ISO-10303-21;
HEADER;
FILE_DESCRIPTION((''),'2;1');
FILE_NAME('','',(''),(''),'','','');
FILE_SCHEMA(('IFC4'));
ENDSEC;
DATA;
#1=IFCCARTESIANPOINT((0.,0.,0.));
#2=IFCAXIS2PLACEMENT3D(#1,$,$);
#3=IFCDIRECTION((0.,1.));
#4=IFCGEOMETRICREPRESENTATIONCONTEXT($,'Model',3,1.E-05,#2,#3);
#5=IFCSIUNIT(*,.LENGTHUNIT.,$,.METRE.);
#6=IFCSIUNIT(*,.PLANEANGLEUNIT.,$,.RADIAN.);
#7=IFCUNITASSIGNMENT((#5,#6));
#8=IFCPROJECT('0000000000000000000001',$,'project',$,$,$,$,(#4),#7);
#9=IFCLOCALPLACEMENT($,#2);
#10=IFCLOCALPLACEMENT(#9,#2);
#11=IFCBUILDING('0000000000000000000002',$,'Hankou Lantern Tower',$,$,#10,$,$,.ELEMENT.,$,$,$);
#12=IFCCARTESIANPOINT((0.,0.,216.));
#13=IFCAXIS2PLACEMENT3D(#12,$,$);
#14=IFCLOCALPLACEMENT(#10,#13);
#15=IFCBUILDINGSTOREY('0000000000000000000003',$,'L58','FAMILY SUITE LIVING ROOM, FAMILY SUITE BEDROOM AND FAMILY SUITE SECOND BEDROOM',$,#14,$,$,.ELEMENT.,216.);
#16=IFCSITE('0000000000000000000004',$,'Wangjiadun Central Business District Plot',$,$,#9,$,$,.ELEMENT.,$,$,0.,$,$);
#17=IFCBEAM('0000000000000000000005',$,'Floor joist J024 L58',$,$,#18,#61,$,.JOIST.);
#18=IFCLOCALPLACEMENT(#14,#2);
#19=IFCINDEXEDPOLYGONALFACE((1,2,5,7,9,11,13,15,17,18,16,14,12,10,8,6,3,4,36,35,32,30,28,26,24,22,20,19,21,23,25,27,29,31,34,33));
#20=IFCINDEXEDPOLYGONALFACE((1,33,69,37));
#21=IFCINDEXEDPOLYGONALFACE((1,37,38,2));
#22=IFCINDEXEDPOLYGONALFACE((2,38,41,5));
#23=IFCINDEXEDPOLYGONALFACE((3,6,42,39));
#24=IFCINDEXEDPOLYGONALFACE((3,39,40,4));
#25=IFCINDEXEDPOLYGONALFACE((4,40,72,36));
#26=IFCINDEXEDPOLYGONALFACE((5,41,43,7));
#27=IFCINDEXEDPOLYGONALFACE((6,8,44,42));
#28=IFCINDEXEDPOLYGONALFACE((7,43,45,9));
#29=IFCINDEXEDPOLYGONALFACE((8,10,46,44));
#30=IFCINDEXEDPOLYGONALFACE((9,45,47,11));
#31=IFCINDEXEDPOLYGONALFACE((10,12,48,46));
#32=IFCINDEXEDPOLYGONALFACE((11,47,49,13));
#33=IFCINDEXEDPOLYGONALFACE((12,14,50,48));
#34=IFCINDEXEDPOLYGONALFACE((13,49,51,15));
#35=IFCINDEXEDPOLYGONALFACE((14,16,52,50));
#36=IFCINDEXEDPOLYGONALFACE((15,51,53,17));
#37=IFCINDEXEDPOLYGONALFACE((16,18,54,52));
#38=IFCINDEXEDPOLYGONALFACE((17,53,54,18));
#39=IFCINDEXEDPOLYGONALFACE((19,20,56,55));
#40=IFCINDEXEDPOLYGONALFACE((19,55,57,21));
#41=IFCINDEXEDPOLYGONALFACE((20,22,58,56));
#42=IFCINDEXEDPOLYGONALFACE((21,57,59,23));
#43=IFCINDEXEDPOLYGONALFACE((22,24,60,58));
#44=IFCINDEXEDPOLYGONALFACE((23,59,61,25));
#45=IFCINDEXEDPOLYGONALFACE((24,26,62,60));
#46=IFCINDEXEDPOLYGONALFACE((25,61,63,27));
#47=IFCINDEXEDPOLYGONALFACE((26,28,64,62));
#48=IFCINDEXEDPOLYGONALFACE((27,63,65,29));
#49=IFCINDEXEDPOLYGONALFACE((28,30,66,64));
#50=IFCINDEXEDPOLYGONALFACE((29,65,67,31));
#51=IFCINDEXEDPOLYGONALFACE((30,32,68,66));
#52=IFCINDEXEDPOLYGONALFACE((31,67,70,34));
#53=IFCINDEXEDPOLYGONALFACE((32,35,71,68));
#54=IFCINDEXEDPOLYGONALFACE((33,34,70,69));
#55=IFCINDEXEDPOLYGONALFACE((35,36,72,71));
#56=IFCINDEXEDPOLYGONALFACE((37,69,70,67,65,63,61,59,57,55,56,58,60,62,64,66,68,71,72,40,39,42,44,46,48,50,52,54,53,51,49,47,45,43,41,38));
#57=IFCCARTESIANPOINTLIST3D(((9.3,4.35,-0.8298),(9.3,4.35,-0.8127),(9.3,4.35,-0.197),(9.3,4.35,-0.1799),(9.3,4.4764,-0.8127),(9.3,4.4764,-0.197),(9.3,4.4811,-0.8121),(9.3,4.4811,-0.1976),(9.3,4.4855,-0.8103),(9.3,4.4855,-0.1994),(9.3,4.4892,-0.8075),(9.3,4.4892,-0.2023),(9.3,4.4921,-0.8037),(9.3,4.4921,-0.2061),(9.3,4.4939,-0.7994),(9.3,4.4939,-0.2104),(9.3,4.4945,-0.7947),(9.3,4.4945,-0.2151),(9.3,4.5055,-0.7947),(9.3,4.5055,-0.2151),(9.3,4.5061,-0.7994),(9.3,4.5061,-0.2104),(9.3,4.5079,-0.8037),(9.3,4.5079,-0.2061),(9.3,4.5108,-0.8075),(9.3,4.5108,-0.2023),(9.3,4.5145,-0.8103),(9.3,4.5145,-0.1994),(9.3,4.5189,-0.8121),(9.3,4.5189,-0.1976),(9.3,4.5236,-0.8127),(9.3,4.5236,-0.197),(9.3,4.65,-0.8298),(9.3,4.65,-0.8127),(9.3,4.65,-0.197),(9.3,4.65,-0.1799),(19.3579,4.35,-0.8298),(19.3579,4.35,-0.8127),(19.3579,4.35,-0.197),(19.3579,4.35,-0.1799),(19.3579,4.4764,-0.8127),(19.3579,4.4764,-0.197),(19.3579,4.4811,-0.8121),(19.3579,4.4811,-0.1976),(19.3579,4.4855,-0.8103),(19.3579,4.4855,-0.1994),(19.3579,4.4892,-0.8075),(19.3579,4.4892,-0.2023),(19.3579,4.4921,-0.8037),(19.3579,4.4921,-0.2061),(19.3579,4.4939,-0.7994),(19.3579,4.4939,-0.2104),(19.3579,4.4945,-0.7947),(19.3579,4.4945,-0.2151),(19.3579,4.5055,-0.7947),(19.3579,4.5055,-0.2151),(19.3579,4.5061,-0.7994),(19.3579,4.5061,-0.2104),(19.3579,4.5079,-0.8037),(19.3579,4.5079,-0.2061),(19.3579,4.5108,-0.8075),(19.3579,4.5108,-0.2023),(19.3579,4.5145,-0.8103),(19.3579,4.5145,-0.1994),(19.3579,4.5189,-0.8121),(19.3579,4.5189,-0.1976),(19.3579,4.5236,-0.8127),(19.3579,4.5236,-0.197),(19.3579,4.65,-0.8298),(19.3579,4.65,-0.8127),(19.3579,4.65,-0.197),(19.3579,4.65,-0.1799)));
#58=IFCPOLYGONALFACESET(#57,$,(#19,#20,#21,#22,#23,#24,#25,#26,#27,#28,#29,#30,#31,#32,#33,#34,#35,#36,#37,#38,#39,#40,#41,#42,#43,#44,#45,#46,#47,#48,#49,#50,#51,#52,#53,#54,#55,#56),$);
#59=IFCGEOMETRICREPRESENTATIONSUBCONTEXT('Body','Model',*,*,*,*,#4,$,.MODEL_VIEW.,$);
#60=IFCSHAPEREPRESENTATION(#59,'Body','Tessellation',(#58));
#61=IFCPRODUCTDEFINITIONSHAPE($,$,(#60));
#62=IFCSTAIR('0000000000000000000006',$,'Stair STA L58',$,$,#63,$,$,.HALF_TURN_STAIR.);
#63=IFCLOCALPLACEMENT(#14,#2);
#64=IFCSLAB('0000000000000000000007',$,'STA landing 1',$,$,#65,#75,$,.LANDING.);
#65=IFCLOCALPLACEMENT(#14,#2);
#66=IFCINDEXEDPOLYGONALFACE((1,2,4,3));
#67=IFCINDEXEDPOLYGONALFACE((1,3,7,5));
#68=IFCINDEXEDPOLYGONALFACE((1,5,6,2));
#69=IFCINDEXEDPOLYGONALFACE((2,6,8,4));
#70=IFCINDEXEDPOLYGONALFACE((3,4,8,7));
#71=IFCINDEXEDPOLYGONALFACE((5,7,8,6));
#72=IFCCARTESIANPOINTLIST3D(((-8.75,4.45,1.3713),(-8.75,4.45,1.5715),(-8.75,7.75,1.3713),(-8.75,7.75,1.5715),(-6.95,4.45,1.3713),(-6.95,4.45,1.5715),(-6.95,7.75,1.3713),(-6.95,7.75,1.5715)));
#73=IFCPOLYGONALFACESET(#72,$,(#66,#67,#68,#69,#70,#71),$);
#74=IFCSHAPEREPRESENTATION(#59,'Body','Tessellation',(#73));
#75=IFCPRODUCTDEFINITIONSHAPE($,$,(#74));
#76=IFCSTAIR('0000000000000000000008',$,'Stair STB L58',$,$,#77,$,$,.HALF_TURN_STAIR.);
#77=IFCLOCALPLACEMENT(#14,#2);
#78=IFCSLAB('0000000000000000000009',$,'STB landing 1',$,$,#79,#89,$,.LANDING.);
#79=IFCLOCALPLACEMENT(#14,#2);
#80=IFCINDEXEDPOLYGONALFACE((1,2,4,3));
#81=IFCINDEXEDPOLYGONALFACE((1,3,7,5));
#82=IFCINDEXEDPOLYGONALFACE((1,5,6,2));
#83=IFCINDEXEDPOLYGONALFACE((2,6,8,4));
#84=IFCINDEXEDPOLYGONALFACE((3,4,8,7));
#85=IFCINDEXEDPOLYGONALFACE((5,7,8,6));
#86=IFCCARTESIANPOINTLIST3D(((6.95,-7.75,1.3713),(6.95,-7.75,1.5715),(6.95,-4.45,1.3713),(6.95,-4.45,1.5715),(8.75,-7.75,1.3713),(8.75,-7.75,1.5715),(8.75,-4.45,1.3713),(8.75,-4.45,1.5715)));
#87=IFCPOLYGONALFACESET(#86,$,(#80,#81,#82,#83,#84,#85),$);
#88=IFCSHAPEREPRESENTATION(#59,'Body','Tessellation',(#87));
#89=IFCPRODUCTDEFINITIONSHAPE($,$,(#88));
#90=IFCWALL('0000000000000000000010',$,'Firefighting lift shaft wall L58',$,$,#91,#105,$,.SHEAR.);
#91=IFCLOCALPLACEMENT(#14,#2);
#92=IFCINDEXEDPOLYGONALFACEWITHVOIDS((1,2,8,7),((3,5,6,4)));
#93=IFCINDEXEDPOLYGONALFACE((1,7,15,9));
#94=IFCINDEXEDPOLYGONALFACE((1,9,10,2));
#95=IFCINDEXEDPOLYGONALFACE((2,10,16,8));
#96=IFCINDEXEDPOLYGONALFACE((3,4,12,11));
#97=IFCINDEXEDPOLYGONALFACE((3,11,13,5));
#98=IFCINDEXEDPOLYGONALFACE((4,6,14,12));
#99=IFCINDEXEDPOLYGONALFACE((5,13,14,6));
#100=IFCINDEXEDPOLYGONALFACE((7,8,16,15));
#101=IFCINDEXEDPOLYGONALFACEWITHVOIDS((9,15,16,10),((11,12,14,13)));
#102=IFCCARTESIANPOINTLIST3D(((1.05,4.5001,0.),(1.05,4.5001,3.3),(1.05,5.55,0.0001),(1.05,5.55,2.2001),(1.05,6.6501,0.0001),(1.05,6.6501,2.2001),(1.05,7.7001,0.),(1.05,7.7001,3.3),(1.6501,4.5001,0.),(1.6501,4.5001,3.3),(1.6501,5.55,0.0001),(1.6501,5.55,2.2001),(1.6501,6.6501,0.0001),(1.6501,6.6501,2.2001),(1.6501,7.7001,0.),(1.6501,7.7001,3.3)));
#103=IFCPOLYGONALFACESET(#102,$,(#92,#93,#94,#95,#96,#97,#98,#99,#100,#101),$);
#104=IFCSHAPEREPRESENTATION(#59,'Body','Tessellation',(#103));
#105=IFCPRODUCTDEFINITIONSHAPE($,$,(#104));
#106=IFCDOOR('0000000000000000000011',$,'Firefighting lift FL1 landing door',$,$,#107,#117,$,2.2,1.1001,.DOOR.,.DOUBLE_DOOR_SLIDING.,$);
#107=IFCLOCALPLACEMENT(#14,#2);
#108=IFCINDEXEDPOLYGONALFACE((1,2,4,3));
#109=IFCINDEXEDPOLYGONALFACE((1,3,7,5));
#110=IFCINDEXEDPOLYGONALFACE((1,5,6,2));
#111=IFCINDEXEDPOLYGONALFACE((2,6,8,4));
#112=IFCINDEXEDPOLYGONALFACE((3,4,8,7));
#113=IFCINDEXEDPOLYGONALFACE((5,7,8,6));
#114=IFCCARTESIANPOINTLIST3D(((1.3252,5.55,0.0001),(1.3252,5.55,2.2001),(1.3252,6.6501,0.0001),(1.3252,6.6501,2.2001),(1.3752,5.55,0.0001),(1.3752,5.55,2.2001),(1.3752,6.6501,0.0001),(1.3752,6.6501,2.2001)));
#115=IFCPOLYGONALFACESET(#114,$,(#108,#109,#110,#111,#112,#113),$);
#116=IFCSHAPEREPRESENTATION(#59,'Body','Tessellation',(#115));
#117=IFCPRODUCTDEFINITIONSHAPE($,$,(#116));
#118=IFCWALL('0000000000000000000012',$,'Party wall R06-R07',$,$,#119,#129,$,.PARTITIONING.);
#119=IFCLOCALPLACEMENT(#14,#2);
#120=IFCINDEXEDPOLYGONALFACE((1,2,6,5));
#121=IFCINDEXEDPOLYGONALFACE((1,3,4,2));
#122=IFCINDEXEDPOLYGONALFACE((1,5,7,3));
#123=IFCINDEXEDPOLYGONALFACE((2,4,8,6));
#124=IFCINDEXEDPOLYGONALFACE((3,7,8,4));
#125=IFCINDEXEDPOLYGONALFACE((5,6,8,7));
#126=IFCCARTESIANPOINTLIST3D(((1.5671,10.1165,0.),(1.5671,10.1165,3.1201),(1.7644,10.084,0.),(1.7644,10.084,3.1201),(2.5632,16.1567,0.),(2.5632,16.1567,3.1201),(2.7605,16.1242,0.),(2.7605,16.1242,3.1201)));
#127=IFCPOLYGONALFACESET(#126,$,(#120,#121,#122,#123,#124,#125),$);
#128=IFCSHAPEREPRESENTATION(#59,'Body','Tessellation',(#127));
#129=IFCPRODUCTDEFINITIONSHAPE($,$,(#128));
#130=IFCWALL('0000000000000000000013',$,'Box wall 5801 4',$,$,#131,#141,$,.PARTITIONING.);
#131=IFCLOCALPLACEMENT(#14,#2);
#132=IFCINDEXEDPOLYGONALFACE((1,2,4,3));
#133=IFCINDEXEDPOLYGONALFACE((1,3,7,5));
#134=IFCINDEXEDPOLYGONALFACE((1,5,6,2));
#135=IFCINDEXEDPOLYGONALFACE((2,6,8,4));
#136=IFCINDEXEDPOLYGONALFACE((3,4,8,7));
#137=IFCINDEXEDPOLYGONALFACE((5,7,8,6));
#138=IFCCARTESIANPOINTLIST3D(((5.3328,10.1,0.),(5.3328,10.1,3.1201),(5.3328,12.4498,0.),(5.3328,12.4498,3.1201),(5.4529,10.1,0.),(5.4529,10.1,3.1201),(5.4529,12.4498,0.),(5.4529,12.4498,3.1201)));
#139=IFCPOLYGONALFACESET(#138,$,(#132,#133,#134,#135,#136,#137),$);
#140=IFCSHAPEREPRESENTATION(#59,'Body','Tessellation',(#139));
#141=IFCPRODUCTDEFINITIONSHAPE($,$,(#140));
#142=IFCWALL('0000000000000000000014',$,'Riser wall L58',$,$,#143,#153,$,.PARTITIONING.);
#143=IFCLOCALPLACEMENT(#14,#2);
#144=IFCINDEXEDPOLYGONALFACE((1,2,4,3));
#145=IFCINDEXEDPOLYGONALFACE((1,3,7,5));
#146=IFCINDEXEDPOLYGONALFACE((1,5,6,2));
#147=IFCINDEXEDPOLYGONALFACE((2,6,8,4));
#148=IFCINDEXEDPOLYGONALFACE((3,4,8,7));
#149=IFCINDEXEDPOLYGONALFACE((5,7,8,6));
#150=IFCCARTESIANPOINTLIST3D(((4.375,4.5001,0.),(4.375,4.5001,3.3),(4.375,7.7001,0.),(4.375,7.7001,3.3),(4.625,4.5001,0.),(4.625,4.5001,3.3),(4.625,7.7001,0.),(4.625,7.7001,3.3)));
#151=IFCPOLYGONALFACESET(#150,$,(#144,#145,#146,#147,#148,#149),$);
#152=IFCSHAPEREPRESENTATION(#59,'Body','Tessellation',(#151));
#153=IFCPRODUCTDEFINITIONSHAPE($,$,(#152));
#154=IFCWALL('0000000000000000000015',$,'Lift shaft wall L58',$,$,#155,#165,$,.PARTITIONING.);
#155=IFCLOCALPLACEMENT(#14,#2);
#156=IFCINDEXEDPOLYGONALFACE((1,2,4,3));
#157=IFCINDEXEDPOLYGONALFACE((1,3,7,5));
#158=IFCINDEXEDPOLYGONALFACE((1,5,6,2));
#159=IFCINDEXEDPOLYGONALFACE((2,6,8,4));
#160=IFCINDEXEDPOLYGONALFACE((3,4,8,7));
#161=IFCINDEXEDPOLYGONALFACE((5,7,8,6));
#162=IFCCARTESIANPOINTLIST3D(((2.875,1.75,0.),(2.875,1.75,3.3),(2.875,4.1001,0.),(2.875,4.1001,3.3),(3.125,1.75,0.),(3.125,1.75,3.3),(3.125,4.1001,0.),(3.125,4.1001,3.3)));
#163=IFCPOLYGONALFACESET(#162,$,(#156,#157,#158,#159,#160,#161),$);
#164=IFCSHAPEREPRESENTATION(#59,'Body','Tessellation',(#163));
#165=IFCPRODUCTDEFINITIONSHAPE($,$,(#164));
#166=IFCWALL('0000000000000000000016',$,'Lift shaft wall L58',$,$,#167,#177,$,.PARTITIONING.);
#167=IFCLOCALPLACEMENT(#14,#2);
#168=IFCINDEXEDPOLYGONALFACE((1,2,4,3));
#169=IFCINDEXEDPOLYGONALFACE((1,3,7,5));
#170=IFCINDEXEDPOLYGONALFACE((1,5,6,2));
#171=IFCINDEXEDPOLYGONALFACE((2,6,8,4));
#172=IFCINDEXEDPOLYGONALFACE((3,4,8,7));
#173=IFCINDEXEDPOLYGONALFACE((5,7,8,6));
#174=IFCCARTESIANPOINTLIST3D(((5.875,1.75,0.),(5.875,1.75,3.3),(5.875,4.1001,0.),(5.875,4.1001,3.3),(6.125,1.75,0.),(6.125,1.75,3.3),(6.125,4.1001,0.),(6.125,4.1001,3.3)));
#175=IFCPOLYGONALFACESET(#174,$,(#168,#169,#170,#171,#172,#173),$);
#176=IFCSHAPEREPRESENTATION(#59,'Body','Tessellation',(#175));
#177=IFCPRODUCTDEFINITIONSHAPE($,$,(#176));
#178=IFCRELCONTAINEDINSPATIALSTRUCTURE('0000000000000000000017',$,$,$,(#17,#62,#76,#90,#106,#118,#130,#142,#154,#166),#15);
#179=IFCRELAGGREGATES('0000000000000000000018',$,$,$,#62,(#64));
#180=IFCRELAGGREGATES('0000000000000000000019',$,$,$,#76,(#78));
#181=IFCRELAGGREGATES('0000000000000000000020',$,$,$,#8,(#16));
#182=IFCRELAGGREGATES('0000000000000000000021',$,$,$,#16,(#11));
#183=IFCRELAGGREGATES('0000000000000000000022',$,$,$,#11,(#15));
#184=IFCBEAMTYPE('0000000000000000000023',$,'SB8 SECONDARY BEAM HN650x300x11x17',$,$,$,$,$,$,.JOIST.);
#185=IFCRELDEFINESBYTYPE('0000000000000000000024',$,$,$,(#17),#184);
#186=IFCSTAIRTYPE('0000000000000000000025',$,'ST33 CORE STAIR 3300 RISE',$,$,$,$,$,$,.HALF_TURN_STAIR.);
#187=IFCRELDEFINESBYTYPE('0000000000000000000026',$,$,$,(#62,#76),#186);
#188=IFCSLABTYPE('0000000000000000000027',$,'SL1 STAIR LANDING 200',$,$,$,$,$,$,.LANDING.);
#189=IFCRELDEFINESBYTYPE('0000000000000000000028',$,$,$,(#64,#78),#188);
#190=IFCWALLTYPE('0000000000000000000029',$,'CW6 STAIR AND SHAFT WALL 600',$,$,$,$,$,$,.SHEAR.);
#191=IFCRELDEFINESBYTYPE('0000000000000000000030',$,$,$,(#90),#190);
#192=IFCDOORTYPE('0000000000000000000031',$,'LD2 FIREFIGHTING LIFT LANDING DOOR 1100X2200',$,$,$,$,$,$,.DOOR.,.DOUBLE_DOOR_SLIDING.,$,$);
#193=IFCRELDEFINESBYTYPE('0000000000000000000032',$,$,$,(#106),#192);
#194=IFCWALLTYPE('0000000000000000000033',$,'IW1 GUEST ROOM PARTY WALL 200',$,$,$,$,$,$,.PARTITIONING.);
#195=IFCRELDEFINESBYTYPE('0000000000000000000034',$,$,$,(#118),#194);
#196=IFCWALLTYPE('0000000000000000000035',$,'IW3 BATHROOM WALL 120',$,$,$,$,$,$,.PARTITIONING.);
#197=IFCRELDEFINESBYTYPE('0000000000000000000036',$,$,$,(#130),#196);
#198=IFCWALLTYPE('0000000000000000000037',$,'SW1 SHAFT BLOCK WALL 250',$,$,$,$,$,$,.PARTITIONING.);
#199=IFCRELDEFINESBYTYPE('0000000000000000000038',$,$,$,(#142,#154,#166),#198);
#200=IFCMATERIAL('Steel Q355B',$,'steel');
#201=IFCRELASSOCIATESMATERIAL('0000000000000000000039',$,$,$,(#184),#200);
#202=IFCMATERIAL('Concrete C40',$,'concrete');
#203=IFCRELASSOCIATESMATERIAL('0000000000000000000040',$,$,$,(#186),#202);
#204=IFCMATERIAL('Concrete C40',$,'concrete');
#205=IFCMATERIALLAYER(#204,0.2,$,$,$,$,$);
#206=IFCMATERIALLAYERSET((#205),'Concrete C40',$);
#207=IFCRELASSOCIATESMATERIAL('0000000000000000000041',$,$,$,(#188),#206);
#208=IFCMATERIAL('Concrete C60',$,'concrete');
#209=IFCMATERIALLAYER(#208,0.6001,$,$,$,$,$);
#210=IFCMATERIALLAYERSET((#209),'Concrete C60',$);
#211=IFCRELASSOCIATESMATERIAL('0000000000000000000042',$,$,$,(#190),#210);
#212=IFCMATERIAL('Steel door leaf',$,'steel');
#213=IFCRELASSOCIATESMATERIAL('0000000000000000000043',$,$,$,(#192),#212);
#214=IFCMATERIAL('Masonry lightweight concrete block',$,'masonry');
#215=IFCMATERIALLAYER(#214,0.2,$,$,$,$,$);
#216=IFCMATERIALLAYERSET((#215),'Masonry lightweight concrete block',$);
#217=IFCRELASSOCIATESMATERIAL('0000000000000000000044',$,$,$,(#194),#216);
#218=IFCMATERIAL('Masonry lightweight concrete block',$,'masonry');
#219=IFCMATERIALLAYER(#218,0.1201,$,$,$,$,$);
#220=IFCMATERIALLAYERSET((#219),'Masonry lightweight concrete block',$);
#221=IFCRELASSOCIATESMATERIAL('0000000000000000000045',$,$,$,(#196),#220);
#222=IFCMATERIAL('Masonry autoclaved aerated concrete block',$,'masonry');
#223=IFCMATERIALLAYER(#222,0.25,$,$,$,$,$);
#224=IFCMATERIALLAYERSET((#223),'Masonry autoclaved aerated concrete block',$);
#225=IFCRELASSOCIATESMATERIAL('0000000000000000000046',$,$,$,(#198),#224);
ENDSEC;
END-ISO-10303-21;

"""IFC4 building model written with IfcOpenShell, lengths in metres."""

from ifc_helpers import new_model, si_unit, direction, frame, frame_2d, origin, origin_2d, place, context, subcontext, project, spatial, polyline, rectangle, i_section, outline, extrude, material, layer, layer_set, material_profile, profile_set, type_object, element, fill, aggregate, save


model = new_model("IFC4")

# Units and contexts
model_context = context("Model", 3, precision=1e-05, world=origin(), true_north=direction((0.0, 1.0)))
body_context = subcontext(model_context, "Body", "Model", "MODEL_VIEW")
ifc_project = project(units=[si_unit("LENGTHUNIT", "METRE"), si_unit("PLANEANGLEUNIT", "RADIAN")], contexts=[model_context])

# Site, building, storey
site_placement = place(None, origin())
site = spatial("IfcSite", under=ifc_project, at=site_placement, Name="Wangjiadun Central Business District Plot", CompositionType="ELEMENT", RefElevation=0.0)
building_placement = place(site_placement, origin())
building = spatial("IfcBuilding", under=site, at=building_placement, Name="Hankou Lantern Tower", CompositionType="ELEMENT")
storey_placement = place(building_placement, frame((0.0, 0.0, 216.0)))
storey = spatial("IfcBuildingStorey", under=building, at=storey_placement, Name="L58", Description="FAMILY SUITE LIVING ROOM, FAMILY SUITE BEDROOM AND FAMILY SUITE SECOND BEDROOM", CompositionType="ELEMENT", Elevation=216.0)

# Beam
ifc_material_1 = material(Name="Steel Q355B", Category="steel")
ifc_material_profile_1 = material_profile(ifc_material_1, i_section(OverallWidth=0.3, OverallDepth=0.6499, WebThickness=0.011, FlangeThickness=0.0171, FilletRadius=0.0181, at=origin_2d()), Name="HN650x300x11x17")
ifc_profile_set_1 = profile_set([ifc_material_profile_1], Name="Steel Q355B")
beam_type_1 = type_object("IfcBeamType", Name="SB8 SECONDARY BEAM HN650x300x11x17", PredefinedType="JOIST", material=ifc_profile_set_1)
beam_1_placement = place(storey_placement, frame((9.3, 4.5, -0.5049), z_axis=(1.0, 0.0, 0.0), x_axis=(0.0, 1.0, 0.0)))
element("IfcBeam", 1, at=beam_1_placement, inside=storey, type_object=beam_type_1, Name="Floor joist J024 L58", PredefinedType="JOIST", context=body_context, shape_type="SweptSolid", body=[
    extrude(i_section(OverallWidth=0.3, OverallDepth=0.6499, WebThickness=0.011, FlangeThickness=0.0171, FilletRadius=0.0181, at=origin_2d()), origin(), (0.0, 0.0, 1.0), 10.0579),
])

# Stairs, slabs
ifc_material_2 = material(Name="Concrete C40", Category="concrete")
stair_type = type_object("IfcStairType", Name="ST33 CORE STAIR 3300 RISE", PredefinedType="HALF_TURN_STAIR", material=ifc_material_2)
stair_1_placement = place(storey_placement, origin())
stair_1 = element("IfcStair", 2, at=stair_1_placement, inside=storey, type_object=stair_type, Name="Stair STA L58", PredefinedType="HALF_TURN_STAIR")
ifc_material_3 = material(Name="Concrete C40", Category="concrete")
ifc_layer_1 = layer(ifc_material_3, 0.2)
ifc_layer_set_1 = layer_set([ifc_layer_1], Name="Concrete C40")
slab_type = type_object("IfcSlabType", Name="SL1 STAIR LANDING 200", PredefinedType="LANDING", material=ifc_layer_set_1)
slab_1_placement = place(storey_placement, frame((0.0, 0.0, 1.3713)))
slab_1 = element("IfcSlab", 3, at=slab_1_placement, type_object=slab_type, Name="STA landing 1", PredefinedType="LANDING", context=body_context, shape_type="SweptSolid", body=[
    extrude(outline(polyline([(-8.75, 4.45), (-6.95, 4.45), (-6.95, 7.75), (-8.75, 7.75), (-8.75, 4.45)])), origin(), (0.0, 0.0, 1.0), 0.2002),
])
aggregate(stair_1, [slab_1])
stair_2_placement = place(storey_placement, origin())
stair_2 = element("IfcStair", 4, at=stair_2_placement, inside=storey, type_object=stair_type, Name="Stair STB L58", PredefinedType="HALF_TURN_STAIR")
slab_2_placement = place(storey_placement, frame((0.0, 0.0, 1.3713)))
slab_2 = element("IfcSlab", 5, at=slab_2_placement, type_object=slab_type, Name="STB landing 1", PredefinedType="LANDING", context=body_context, shape_type="SweptSolid", body=[
    extrude(outline(polyline([(8.75, -4.45), (6.95, -4.45), (6.95, -7.75), (8.75, -7.75), (8.75, -4.45)])), origin(), (0.0, 0.0, 1.0), 0.2002),
])
aggregate(stair_2, [slab_2])

# Wall, opening, door
ifc_material_4 = material(Name="Concrete C60", Category="concrete")
ifc_layer_2 = layer(ifc_material_4, 0.6001)
ifc_layer_set_2 = layer_set([ifc_layer_2], Name="Concrete C60")
wall_type_1 = type_object("IfcWallType", Name="CW6 STAIR AND SHAFT WALL 600", PredefinedType="SHEAR", material=ifc_layer_set_2)
wall_1_placement = place(storey_placement, frame((1.3501, 4.5, 0.0), z_axis=(0.0, 0.0, 1.0), x_axis=(0.0, 1.0, 0.0)))
wall_1 = element("IfcWall", 6, at=wall_1_placement, inside=storey, type_object=wall_type_1, Name="Firefighting lift shaft wall L58", PredefinedType="SHEAR", context=body_context, shape_type="SweptSolid", body=[
    extrude(rectangle(XDim=3.2, YDim=0.6001, at=frame_2d((1.6001, 0.0))), origin(), (0.0, 0.0, 1.0), 3.3),
])
opening_placement = place(wall_1_placement, frame((1.05, 0.0, 0.0)))
opening = element("IfcOpeningElement", 7, at=opening_placement, cuts=wall_1, PredefinedType="OPENING", context=body_context, shape_type="SweptSolid", body=[
    extrude(rectangle(XDim=1.1001, YDim=2.2, at=frame_2d((0.55, 1.1001))), frame((0.0, 0.3101, 0.0), z_axis=(0.0, -1.0, 0.0), x_axis=(1.0, 0.0, 0.0)), (0.0, 0.0, 1.0), 0.6201),
])
ifc_material_5 = material(Name="Steel door leaf", Category="steel")
door_type = type_object("IfcDoorType", Name="LD2 FIREFIGHTING LIFT LANDING DOOR 1100X2200", OperationType="DOUBLE_DOOR_SLIDING", PredefinedType="DOOR", material=ifc_material_5)
door_placement = place(opening_placement, origin())
door = element("IfcDoor", 8, at=door_placement, inside=storey, type_object=door_type, Name="Firefighting lift FL1 landing door", OperationType="DOUBLE_DOOR_SLIDING", OverallHeight=2.2, OverallWidth=1.1001, PredefinedType="DOOR", context=body_context, shape_type="SweptSolid", body=[
    extrude(rectangle(XDim=1.1001, YDim=2.2, at=frame_2d((0.55, 1.1001))), frame((0.0, 0.0249, 0.0), z_axis=(0.0, -1.0, 0.0), x_axis=(1.0, 0.0, 0.0)), (0.0, 0.0, 1.0), 0.05),
])
fill(opening, door)

# Walls
ifc_material_6 = material(Name="Masonry lightweight concrete block", Category="masonry")
ifc_layer_3 = layer(ifc_material_6, 0.2)
ifc_layer_set_3 = layer_set([ifc_layer_3], Name="Masonry lightweight concrete block")
wall_type_2 = type_object("IfcWallType", Name="IW1 GUEST ROOM PARTY WALL 200", PredefinedType="PARTITIONING", material=ifc_layer_set_3)
wall_2_placement = place(storey_placement, frame((1.6658, 10.1001, 0.0), z_axis=(0.0, 0.0, 1.0), x_axis=(0.162711, 0.986674, 0.0)))
element("IfcWall", 9, at=wall_2_placement, inside=storey, type_object=wall_type_2, Name="Party wall R06-R07", PredefinedType="PARTITIONING", context=body_context, shape_type="SweptSolid", body=[
    extrude(rectangle(XDim=6.1218, YDim=0.2, at=frame_2d((3.061, 0.0))), origin(), (0.0, 0.0, 1.0), 3.1201),
])
ifc_material_7 = material(Name="Masonry lightweight concrete block", Category="masonry")
ifc_layer_4 = layer(ifc_material_7, 0.1201)
ifc_layer_set_4 = layer_set([ifc_layer_4], Name="Masonry lightweight concrete block")
wall_type_3 = type_object("IfcWallType", Name="IW3 BATHROOM WALL 120", PredefinedType="PARTITIONING", material=ifc_layer_set_4)
wall_3_placement = place(storey_placement, frame((5.3928, 10.1001, 0.0), z_axis=(0.0, 0.0, 1.0), x_axis=(0.0, 1.0, 0.0)))
element("IfcWall", 10, at=wall_3_placement, inside=storey, type_object=wall_type_3, Name="Box wall 5801 4", PredefinedType="PARTITIONING", context=body_context, shape_type="SweptSolid", body=[
    extrude(rectangle(XDim=2.3499, YDim=0.1201, at=frame_2d((1.1748, 0.0))), origin(), (0.0, 0.0, 1.0), 3.1201),
])
ifc_material_8 = material(Name="Masonry autoclaved aerated concrete block", Category="masonry")
ifc_layer_5 = layer(ifc_material_8, 0.25)
ifc_layer_set_5 = layer_set([ifc_layer_5], Name="Masonry autoclaved aerated concrete block")
wall_type_4 = type_object("IfcWallType", Name="SW1 SHAFT BLOCK WALL 250", PredefinedType="PARTITIONING", material=ifc_layer_set_5)
wall_4_placement = place(storey_placement, frame((4.5, 4.5, 0.0), z_axis=(0.0, 0.0, 1.0), x_axis=(0.0, 1.0, 0.0)))
element("IfcWall", 11, at=wall_4_placement, inside=storey, type_object=wall_type_4, Name="Riser wall L58", PredefinedType="PARTITIONING", context=body_context, shape_type="SweptSolid", body=[
    extrude(rectangle(XDim=3.2, YDim=0.25, at=frame_2d((1.6001, 0.0))), origin(), (0.0, 0.0, 1.0), 3.3),
])
for number, where, z_axis, x_axis, name in (
    (12, (3.0, 1.75, 0.0), (0.0, 0.0, 1.0), (0.0, 1.0, 0.0), "Lift shaft wall L58"),
    (13, (6.0, 1.75, 0.0), (0.0, 0.0, 1.0), (0.0, 1.0, 0.0), "Lift shaft wall L58"),
):
    element("IfcWall", number, at=place(storey_placement, frame(where, z_axis=z_axis, x_axis=x_axis)), inside=storey, type_object=wall_type_4, Name=name, PredefinedType="PARTITIONING", context=body_context, shape_type="SweptSolid", body=[
        extrude(rectangle(XDim=2.3501, YDim=0.25, at=frame_2d((1.175, 0.0))), origin(), (0.0, 0.0, 1.0), 3.3),
    ])

save(model, "model.ifc")
